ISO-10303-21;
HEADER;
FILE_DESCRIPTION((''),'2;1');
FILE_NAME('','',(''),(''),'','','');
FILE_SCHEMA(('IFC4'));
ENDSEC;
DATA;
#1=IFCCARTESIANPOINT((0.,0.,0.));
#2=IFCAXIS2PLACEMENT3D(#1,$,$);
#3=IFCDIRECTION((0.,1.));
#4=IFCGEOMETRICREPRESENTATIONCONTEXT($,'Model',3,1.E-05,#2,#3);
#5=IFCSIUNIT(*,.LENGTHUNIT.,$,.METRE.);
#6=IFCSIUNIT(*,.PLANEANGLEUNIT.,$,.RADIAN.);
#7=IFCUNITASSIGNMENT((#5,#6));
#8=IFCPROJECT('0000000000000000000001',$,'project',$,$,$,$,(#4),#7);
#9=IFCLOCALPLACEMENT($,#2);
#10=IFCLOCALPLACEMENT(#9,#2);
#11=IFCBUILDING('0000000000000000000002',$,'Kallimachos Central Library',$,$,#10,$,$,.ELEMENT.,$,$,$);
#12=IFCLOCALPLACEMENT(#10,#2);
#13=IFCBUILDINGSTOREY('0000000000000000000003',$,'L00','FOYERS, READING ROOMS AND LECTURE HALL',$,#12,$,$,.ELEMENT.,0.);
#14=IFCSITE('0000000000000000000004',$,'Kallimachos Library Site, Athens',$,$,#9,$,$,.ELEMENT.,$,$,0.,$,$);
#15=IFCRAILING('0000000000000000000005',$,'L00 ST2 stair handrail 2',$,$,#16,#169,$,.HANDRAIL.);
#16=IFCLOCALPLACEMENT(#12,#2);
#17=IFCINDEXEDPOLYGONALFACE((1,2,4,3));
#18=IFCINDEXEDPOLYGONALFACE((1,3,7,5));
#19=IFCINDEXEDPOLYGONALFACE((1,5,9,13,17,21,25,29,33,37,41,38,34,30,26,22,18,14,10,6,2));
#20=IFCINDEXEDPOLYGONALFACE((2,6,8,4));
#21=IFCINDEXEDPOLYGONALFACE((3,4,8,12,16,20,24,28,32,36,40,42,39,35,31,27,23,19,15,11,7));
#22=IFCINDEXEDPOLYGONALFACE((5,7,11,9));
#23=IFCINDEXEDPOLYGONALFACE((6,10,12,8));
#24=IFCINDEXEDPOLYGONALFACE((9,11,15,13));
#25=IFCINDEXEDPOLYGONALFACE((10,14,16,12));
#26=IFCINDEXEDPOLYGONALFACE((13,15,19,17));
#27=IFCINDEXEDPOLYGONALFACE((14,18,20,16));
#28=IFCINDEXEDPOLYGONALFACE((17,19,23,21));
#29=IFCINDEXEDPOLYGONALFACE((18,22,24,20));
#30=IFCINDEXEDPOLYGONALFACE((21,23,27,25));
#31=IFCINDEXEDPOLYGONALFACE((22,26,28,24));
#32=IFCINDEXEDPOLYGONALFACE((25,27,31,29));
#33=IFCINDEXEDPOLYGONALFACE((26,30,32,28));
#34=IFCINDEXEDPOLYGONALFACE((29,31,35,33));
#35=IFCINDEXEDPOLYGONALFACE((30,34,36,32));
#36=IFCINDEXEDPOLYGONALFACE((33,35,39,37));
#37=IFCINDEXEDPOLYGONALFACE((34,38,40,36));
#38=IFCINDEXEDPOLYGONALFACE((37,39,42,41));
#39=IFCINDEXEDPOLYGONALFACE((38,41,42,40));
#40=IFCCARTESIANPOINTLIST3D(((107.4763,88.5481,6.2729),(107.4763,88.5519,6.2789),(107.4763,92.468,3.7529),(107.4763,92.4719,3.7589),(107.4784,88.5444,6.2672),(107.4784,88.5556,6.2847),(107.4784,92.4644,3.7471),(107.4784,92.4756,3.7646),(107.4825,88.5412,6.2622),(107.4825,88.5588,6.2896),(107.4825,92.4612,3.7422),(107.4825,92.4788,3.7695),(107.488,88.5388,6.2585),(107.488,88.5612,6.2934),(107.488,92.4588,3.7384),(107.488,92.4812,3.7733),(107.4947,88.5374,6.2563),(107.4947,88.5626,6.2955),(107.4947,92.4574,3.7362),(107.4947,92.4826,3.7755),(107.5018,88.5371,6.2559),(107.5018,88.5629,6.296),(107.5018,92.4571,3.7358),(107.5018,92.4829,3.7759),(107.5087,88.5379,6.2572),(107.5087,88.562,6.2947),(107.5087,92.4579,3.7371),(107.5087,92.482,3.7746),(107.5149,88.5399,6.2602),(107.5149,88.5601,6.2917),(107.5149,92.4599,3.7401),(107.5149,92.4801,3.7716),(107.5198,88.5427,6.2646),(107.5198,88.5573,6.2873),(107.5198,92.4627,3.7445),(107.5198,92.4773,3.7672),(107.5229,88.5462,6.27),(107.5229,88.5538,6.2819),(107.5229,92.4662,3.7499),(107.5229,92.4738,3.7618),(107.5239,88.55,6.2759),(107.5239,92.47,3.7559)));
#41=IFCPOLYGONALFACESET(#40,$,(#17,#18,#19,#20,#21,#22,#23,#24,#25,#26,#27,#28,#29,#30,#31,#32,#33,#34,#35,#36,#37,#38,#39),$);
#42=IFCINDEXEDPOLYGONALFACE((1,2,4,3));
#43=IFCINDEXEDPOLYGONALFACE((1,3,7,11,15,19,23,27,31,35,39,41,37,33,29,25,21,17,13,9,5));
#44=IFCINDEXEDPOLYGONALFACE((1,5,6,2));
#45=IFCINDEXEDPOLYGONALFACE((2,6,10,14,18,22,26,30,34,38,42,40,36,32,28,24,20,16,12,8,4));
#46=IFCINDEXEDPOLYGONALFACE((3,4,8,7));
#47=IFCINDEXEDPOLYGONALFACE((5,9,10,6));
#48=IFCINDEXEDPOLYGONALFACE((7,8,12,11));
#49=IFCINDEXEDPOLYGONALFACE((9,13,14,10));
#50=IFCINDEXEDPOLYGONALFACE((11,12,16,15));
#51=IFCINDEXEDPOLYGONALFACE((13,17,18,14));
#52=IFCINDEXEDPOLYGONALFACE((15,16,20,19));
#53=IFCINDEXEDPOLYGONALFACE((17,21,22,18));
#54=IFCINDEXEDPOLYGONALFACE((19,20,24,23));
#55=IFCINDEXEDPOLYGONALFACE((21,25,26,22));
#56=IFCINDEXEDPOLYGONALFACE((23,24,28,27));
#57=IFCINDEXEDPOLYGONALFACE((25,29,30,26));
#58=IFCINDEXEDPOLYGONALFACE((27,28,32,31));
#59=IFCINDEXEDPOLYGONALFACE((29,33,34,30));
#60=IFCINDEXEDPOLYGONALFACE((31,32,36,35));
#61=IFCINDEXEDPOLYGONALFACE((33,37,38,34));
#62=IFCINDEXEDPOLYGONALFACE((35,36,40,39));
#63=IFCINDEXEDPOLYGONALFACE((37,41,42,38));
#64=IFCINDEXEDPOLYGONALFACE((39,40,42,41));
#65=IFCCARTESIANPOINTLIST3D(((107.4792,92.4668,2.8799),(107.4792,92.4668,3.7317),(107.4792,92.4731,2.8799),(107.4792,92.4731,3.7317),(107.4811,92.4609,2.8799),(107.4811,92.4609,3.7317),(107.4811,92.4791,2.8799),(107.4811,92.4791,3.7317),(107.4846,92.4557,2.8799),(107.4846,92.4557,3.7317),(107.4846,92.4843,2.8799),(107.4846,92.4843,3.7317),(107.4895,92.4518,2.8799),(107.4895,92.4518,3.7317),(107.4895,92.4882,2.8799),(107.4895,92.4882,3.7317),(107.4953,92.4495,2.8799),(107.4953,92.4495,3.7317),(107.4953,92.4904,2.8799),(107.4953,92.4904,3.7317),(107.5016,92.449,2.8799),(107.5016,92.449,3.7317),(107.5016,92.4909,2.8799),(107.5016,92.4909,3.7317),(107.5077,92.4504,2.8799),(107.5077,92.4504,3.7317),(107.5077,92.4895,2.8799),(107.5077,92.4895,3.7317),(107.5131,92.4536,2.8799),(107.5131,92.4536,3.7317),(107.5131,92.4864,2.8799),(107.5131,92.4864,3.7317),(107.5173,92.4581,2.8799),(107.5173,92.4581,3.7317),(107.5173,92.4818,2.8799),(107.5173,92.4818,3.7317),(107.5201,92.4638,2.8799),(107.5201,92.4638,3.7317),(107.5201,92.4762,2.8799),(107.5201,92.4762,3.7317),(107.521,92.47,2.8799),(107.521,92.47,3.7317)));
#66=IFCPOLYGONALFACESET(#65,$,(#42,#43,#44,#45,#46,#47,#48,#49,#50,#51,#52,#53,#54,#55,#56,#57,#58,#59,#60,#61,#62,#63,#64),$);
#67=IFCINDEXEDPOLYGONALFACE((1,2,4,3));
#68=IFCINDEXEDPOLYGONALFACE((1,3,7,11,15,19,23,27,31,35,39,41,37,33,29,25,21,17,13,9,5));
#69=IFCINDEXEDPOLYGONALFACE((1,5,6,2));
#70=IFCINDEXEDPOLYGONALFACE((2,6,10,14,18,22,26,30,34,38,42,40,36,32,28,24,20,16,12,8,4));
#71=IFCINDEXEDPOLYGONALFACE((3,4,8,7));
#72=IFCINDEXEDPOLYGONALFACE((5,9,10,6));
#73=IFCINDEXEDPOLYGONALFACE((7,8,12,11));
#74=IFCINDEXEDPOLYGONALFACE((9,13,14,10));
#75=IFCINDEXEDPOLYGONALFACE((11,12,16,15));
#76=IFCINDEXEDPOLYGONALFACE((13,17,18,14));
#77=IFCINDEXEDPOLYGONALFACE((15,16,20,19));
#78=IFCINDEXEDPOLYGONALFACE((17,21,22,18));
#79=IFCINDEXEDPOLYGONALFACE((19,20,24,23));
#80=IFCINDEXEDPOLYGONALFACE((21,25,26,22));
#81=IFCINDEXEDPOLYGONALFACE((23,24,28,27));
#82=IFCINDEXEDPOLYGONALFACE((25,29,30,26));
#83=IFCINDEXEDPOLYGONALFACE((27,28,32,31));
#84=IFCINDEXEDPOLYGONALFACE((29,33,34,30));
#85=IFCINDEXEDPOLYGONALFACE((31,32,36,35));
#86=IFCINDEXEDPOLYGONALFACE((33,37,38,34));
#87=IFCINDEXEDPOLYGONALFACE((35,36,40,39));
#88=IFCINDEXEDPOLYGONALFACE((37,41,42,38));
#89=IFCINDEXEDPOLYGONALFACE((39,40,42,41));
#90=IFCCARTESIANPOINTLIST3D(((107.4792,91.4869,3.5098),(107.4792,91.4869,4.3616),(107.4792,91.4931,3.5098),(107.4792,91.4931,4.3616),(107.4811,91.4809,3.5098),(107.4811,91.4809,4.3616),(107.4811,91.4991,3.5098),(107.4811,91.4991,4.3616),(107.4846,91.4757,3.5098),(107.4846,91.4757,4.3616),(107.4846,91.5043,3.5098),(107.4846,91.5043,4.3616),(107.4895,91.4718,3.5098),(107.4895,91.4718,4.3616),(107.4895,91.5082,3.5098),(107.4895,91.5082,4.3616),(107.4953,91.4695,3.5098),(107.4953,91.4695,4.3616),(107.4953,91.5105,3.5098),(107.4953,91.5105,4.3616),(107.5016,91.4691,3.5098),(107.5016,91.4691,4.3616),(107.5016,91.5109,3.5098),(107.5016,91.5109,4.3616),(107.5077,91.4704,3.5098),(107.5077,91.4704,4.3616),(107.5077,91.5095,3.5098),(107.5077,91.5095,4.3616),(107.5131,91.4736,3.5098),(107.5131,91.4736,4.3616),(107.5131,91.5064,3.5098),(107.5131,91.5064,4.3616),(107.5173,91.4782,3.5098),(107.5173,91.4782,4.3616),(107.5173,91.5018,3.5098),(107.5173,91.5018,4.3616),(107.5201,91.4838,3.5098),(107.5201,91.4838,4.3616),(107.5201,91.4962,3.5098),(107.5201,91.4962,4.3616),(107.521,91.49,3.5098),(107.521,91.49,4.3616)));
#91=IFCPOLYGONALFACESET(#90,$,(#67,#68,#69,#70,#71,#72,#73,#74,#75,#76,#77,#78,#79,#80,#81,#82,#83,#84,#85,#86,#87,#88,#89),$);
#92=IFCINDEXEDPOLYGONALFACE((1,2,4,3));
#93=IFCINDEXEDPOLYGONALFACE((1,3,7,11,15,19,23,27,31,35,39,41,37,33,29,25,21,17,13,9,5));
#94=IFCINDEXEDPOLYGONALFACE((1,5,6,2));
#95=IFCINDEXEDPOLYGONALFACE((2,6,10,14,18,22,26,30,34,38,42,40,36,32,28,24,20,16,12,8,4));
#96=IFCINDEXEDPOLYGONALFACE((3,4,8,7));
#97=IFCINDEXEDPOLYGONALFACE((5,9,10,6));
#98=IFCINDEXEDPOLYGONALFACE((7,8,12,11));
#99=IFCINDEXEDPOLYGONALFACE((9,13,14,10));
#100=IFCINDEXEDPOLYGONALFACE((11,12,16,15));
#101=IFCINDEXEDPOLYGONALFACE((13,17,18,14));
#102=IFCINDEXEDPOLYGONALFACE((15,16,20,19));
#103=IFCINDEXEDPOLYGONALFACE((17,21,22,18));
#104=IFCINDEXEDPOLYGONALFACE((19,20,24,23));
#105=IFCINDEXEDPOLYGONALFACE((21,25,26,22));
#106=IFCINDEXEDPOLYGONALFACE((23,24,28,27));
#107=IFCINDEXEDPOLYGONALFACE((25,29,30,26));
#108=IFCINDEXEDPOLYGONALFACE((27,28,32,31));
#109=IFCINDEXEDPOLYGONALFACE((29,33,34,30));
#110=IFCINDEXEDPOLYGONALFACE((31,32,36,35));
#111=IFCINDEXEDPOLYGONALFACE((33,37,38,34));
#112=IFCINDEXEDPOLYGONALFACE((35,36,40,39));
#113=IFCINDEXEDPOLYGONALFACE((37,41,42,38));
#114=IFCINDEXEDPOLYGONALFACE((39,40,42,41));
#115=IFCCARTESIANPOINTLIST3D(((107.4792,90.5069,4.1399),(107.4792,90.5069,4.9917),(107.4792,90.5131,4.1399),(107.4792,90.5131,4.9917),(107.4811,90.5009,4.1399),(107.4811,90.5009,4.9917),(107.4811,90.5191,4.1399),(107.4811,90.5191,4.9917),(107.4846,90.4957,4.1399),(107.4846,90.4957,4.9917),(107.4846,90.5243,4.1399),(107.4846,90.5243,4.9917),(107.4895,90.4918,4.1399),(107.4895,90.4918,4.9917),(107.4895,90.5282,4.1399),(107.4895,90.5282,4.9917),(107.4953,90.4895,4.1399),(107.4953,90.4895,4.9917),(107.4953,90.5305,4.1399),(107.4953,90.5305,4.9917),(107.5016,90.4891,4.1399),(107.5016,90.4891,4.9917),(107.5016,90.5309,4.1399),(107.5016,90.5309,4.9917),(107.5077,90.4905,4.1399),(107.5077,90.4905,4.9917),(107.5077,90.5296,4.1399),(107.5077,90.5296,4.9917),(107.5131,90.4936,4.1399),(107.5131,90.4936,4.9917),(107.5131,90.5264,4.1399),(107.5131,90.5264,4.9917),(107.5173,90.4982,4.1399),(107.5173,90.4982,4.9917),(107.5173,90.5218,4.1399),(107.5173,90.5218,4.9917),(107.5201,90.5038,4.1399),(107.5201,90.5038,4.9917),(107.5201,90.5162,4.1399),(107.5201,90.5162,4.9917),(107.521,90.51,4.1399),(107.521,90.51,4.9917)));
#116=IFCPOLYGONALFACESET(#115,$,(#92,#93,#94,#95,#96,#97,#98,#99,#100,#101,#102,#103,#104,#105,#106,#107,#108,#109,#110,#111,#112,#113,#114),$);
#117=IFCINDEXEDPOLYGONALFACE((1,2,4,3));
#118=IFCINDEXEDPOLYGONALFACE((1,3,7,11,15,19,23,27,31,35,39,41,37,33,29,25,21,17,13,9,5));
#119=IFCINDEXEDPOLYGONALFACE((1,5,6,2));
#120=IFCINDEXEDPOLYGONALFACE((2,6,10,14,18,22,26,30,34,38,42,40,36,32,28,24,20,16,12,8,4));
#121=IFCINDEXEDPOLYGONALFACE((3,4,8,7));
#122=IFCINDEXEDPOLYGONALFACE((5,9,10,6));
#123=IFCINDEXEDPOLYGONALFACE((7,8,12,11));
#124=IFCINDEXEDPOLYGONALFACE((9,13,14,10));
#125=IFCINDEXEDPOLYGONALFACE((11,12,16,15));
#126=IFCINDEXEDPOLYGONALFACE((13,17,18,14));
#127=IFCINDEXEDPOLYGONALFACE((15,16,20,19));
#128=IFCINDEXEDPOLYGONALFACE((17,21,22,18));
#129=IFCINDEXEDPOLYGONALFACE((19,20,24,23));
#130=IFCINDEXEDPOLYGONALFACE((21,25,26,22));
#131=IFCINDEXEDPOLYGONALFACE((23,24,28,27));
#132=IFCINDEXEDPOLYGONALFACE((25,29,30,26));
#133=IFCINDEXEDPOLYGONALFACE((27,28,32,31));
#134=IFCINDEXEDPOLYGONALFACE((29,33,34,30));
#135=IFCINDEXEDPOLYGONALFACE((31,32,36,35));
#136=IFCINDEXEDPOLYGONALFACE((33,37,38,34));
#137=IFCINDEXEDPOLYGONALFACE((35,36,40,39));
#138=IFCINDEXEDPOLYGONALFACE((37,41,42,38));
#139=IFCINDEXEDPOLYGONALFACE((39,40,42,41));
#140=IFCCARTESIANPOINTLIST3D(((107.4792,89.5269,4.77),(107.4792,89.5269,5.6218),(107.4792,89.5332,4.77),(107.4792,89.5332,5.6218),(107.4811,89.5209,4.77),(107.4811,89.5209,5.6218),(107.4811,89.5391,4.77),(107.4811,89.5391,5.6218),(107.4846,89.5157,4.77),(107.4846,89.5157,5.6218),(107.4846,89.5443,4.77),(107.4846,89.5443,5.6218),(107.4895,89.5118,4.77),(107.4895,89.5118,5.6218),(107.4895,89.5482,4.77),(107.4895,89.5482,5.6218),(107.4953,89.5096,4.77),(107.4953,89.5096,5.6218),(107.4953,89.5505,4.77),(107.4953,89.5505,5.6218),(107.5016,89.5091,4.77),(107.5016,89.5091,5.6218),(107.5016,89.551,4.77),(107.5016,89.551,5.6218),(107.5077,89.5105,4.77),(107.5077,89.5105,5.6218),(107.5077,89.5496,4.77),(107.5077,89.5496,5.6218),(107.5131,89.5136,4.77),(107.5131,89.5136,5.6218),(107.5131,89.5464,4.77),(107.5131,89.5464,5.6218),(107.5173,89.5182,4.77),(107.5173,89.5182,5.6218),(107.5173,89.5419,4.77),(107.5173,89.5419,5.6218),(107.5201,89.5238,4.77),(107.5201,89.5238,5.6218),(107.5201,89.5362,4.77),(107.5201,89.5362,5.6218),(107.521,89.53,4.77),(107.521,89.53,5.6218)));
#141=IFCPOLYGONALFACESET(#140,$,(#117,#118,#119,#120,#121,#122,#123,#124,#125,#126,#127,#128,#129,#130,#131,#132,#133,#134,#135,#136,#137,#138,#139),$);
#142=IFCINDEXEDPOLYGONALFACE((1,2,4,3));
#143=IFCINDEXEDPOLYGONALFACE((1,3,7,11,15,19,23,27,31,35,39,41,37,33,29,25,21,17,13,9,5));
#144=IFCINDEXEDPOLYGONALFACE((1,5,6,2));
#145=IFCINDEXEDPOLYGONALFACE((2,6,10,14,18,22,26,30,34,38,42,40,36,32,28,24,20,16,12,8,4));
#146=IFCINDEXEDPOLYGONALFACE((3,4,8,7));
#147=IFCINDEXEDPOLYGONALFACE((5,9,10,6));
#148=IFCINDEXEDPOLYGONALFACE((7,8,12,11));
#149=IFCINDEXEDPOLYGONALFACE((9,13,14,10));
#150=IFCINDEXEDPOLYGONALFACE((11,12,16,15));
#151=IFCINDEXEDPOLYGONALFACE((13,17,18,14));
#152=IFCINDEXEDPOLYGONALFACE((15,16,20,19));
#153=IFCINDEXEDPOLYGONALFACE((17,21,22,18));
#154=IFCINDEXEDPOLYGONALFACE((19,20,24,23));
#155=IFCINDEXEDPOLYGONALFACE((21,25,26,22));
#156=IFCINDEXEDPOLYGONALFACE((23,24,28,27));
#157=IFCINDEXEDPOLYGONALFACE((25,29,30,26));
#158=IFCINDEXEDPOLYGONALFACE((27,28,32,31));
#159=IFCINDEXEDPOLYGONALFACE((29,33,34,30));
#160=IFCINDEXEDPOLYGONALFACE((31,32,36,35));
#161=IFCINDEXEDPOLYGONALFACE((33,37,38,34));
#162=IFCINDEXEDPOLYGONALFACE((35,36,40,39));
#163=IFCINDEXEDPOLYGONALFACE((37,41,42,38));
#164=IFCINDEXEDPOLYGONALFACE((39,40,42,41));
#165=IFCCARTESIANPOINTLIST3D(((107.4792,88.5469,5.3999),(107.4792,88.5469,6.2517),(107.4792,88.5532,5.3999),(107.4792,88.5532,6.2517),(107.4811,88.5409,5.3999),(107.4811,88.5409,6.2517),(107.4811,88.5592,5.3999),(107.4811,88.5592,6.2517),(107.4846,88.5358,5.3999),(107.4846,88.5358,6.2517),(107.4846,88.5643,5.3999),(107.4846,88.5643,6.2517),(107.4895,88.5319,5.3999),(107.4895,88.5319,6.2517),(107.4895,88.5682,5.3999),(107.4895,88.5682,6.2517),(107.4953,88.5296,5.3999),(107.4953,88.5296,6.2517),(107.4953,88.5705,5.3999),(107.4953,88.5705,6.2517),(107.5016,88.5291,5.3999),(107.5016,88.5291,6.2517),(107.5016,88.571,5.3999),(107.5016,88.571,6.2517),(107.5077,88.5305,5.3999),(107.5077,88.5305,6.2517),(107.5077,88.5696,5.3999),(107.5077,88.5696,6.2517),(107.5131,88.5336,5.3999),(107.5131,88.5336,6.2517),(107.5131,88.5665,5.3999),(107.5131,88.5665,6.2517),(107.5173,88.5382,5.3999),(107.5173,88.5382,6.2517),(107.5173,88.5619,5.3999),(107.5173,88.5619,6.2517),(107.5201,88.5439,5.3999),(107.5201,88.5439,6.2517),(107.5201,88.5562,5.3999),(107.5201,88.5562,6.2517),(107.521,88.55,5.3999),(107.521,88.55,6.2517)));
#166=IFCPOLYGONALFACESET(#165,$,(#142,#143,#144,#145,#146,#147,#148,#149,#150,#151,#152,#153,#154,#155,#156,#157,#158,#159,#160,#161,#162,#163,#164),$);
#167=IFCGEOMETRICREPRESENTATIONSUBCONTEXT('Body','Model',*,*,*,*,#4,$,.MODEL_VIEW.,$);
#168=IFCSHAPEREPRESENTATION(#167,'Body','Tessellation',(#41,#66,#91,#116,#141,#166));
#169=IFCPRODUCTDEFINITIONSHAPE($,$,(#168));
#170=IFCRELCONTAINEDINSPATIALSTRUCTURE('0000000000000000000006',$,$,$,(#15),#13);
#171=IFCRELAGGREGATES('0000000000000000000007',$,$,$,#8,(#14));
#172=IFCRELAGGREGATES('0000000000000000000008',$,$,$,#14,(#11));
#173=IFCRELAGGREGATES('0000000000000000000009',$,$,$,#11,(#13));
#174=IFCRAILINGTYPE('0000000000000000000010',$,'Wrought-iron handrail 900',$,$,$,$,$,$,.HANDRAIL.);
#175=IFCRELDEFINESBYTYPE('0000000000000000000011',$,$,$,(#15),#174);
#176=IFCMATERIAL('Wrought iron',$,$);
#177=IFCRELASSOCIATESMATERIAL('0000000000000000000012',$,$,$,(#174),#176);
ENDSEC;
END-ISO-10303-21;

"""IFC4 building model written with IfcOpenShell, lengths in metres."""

from ifc_helpers import new_model, si_unit, direction, frame, origin, origin_2d, place, context, subcontext, project, spatial, circle, extrude, material, type_object, element, save


model = new_model("IFC4")

# Units and contexts
model_context = context("Model", 3, precision=1e-05, world=origin(), true_north=direction((0.0, 1.0)))
body_context = subcontext(model_context, "Body", "Model", "MODEL_VIEW")
ifc_project = project(units=[si_unit("LENGTHUNIT", "METRE"), si_unit("PLANEANGLEUNIT", "RADIAN")], contexts=[model_context])

# Site, building, storey
site_placement = place(None, origin())
site = spatial("IfcSite", under=ifc_project, at=site_placement, Name="Kallimachos Library Site, Athens", CompositionType="ELEMENT", RefElevation=0.0)
building_placement = place(site_placement, origin())
building = spatial("IfcBuilding", under=site, at=building_placement, Name="Kallimachos Central Library", CompositionType="ELEMENT")
storey_placement = place(building_placement, origin())
storey = spatial("IfcBuildingStorey", under=building, at=storey_placement, Name="L00", Description="FOYERS, READING ROOMS AND LECTURE HALL", CompositionType="ELEMENT", Elevation=0.0)

# Railing
ifc_material_1 = material(Name="Wrought iron")
railing_type_1 = type_object("IfcRailingType", Name="Wrought-iron handrail 900", PredefinedType="HANDRAIL", material=ifc_material_1)
railing_1_placement = place(storey_placement, frame((107.5, 92.47, 2.8799)))
element("IfcRailing", 1, at=railing_1_placement, inside=storey, type_object=railing_type_1, Name="L00 ST2 stair handrail 2", PredefinedType="HANDRAIL", context=body_context, shape_type="SweptSolid", body=[
    extrude(circle(Radius=0.0239, at=origin_2d()), frame((0.0, 0.0, 0.876), z_axis=(0.0, -0.841172, 0.540768), x_axis=(1.0, 0.0, 0.0)), (0.0, 0.0, 1.0), 4.6602),
    extrude(circle(Radius=0.021, at=origin_2d()), origin(), (0.0, 0.0, 1.0), 0.8518),
    extrude(circle(Radius=0.021, at=origin_2d()), frame((0.0, -0.98, 0.6299)), (0.0, 0.0, 1.0), 0.8518),
    extrude(circle(Radius=0.021, at=origin_2d()), frame((0.0, -1.96, 1.26)), (0.0, 0.0, 1.0), 0.8518),
    extrude(circle(Radius=0.021, at=origin_2d()), frame((0.0, -2.9399, 1.8901)), (0.0, 0.0, 1.0), 0.8518),
    extrude(circle(Radius=0.021, at=origin_2d()), frame((0.0, -3.9199, 2.52)), (0.0, 0.0, 1.0), 0.8518),
])

save(model, "model.ifc")
